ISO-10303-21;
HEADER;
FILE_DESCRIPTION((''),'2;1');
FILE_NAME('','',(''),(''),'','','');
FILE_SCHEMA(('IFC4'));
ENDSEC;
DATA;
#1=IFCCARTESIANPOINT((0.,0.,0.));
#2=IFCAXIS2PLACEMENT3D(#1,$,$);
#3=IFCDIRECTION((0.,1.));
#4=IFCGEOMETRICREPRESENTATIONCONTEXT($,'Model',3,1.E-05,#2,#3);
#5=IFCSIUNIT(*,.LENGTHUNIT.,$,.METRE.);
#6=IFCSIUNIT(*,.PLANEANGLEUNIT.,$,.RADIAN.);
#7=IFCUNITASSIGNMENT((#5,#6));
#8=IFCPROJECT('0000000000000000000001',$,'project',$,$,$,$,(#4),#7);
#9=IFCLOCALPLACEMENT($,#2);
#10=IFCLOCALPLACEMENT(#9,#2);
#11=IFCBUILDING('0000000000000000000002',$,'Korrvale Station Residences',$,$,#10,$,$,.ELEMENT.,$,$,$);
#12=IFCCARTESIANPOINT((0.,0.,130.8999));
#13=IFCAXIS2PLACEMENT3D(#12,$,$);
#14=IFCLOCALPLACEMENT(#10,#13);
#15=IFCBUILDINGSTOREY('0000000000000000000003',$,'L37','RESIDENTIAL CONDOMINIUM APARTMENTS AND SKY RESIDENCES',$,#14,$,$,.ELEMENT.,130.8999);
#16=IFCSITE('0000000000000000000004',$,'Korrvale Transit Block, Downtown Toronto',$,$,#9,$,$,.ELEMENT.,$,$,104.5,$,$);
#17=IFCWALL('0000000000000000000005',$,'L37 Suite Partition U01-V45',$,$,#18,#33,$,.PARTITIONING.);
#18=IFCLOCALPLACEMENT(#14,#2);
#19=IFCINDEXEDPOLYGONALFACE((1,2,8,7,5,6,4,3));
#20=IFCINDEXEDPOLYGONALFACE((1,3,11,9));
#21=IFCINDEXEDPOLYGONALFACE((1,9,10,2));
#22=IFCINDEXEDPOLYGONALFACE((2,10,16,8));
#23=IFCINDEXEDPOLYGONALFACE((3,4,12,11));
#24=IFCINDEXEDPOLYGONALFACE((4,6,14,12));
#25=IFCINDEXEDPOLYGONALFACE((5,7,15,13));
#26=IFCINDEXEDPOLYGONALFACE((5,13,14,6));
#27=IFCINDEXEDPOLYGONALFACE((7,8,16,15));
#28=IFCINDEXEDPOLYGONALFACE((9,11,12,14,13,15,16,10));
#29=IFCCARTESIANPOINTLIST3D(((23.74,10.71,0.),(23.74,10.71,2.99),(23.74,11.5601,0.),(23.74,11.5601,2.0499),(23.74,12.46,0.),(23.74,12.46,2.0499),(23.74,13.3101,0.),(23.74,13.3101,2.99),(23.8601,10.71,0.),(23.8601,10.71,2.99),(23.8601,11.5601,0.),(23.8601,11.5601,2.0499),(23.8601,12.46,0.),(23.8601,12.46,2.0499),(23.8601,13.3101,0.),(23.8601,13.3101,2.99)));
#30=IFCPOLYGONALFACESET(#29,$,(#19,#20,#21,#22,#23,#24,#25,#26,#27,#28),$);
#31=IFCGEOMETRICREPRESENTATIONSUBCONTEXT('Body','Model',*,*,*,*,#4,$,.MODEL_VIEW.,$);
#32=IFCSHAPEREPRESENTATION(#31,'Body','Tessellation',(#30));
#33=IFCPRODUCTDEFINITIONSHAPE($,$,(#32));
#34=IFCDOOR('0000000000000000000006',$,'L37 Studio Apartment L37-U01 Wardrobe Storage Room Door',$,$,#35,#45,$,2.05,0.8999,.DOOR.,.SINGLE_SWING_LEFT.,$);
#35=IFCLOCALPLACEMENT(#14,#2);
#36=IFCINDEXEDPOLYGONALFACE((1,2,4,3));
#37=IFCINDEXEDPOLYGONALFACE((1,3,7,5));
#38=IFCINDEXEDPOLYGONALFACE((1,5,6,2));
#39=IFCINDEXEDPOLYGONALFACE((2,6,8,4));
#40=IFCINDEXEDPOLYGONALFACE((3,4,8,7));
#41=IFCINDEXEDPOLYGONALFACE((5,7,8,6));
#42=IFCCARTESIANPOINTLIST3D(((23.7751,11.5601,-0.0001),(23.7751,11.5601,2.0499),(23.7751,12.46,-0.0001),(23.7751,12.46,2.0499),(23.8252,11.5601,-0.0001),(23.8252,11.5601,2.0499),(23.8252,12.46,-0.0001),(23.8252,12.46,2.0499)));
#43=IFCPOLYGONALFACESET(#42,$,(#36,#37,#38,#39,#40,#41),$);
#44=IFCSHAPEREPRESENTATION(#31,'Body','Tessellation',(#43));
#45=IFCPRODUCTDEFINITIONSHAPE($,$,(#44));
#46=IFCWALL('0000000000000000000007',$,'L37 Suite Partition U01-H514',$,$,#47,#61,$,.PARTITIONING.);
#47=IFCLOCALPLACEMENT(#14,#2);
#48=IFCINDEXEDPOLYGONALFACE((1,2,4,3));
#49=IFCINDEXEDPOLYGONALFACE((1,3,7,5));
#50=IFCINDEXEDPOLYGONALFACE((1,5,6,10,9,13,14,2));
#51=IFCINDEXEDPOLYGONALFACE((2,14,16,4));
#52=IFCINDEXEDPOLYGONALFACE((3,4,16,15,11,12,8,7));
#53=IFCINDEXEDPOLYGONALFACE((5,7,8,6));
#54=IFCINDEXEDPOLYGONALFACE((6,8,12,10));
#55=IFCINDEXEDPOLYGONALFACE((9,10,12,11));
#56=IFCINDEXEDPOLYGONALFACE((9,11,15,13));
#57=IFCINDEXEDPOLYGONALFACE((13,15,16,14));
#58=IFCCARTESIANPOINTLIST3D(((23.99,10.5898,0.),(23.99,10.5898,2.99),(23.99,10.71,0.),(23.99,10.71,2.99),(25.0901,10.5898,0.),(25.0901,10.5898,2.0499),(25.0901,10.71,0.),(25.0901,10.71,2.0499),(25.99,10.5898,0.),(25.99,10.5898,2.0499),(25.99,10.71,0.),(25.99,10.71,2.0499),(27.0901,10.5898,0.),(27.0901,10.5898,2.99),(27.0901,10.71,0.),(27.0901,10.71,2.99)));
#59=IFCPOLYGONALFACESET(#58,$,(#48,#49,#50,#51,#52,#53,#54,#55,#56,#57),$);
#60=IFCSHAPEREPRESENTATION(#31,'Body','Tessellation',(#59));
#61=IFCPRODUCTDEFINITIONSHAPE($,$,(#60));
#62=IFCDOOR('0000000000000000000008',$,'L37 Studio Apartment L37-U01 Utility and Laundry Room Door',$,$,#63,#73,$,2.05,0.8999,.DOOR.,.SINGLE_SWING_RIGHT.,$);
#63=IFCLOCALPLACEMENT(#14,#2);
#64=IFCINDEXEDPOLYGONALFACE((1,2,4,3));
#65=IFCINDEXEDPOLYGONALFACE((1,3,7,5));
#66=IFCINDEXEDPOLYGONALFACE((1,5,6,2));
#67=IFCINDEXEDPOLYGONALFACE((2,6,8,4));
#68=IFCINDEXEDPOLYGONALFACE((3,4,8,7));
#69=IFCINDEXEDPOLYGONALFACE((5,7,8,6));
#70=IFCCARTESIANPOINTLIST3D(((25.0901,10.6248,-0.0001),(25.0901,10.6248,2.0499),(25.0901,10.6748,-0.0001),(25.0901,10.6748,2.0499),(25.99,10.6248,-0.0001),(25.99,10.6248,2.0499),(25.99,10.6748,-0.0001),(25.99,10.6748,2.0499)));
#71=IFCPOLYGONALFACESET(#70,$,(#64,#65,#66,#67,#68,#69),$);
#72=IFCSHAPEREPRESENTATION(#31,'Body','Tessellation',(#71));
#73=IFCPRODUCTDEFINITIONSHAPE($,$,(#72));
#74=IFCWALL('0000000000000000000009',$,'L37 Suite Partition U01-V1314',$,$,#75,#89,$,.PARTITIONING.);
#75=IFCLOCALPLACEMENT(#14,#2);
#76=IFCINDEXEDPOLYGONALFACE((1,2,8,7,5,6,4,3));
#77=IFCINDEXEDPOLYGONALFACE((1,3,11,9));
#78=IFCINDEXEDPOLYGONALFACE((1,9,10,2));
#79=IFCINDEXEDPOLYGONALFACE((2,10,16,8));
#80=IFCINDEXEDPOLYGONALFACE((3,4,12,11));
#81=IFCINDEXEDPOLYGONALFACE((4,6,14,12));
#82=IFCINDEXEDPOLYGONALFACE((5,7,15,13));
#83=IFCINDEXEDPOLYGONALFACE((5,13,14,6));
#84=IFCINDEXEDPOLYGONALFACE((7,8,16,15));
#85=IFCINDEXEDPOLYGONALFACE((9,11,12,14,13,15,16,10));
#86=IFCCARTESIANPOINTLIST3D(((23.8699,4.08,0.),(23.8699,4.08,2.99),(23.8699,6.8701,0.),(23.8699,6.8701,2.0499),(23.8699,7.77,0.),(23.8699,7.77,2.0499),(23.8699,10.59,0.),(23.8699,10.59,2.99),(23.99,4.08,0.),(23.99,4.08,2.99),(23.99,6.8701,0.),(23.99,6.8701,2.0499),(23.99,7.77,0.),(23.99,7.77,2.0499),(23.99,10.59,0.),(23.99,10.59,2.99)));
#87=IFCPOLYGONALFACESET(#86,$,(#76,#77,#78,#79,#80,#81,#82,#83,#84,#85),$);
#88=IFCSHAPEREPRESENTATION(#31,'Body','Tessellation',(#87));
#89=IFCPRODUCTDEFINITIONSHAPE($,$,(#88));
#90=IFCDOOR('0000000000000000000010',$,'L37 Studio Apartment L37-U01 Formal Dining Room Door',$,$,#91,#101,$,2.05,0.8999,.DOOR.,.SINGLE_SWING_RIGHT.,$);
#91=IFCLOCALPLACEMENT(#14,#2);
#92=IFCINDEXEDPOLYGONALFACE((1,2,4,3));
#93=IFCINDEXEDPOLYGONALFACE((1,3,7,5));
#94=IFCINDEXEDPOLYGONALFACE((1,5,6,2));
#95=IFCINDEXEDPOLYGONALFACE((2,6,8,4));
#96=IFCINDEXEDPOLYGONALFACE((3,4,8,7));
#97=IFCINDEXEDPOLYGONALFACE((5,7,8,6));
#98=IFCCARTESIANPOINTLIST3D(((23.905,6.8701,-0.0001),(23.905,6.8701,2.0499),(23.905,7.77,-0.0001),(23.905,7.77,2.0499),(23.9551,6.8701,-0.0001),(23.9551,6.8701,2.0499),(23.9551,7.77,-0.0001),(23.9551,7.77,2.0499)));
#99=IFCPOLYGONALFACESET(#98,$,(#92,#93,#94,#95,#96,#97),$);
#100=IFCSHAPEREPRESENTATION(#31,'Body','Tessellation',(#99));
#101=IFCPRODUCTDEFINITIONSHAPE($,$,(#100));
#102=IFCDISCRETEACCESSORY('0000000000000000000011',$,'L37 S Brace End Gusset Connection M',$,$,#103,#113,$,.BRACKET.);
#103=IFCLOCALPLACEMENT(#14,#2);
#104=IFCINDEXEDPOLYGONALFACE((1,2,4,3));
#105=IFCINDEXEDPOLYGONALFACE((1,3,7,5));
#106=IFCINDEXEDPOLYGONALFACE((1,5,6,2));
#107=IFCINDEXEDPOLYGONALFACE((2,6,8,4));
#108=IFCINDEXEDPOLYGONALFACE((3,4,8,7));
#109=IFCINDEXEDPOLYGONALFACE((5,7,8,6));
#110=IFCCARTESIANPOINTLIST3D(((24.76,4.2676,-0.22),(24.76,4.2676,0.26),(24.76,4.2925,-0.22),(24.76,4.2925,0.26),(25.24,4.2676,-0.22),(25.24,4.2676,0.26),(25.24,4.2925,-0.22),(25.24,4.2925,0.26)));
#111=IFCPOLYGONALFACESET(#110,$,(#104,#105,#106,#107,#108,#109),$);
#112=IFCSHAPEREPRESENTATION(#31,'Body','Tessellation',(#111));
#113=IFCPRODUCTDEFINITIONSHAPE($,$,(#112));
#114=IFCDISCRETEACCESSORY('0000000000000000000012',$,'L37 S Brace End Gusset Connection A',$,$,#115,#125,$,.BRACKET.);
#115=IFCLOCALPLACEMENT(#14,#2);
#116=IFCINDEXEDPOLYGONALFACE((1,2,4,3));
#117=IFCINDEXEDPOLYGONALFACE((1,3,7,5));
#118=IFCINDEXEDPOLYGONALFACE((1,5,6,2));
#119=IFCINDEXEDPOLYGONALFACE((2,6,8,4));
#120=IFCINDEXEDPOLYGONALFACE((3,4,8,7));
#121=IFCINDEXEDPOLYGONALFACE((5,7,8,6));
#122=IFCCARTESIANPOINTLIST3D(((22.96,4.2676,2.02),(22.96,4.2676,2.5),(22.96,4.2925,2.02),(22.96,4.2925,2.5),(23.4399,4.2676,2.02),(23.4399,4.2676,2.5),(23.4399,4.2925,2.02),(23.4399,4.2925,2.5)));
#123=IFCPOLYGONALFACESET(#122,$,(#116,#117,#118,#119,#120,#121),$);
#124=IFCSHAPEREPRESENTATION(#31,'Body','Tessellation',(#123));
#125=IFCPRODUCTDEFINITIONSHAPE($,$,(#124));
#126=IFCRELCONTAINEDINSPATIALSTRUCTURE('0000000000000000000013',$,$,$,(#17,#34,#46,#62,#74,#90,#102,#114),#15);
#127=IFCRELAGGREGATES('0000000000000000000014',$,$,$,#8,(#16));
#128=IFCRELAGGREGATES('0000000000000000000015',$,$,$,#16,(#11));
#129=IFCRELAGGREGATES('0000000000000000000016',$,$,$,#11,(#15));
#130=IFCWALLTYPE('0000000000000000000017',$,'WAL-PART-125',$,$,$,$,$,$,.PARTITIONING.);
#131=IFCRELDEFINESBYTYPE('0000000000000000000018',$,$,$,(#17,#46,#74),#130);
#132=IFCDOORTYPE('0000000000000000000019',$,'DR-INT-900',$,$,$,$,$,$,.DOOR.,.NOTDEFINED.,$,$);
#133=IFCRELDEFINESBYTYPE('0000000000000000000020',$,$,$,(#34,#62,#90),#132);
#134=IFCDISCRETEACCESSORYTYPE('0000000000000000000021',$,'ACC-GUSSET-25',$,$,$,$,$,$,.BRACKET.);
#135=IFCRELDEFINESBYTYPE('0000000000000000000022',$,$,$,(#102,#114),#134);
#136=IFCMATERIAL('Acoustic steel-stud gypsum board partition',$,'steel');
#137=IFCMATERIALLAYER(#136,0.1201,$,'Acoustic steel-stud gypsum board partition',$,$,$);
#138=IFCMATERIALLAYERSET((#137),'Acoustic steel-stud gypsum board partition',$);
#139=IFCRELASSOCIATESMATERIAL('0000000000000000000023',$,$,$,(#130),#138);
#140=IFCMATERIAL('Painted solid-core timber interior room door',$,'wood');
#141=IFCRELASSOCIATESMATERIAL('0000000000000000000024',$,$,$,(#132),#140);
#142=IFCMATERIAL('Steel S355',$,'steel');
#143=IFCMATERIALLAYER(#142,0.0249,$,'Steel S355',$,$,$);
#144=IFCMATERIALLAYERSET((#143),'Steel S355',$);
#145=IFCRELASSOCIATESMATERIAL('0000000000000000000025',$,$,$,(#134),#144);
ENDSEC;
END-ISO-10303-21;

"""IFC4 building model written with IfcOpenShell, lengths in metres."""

from ifc_helpers import new_model, si_unit, direction, frame, frame_2d, origin, origin_2d, place, context, subcontext, project, spatial, rectangle, extrude, material, layer, layer_set, type_object, element, fill, save


model = new_model("IFC4")

# Units and contexts
model_context = context("Model", 3, precision=1e-05, world=origin(), true_north=direction((0.0, 1.0)))
body_context = subcontext(model_context, "Body", "Model", "MODEL_VIEW")
ifc_project = project(units=[si_unit("LENGTHUNIT", "METRE"), si_unit("PLANEANGLEUNIT", "RADIAN")], contexts=[model_context])

# Site, building, storey
site_placement = place(None, origin())
site = spatial("IfcSite", under=ifc_project, at=site_placement, Name="Korrvale Transit Block, Downtown Toronto", CompositionType="ELEMENT", RefElevation=104.5)
building_placement = place(site_placement, origin())
building = spatial("IfcBuilding", under=site, at=building_placement, Name="Korrvale Station Residences", CompositionType="ELEMENT")
storey_placement = place(building_placement, frame((0.0, 0.0, 130.8999)))
storey = spatial("IfcBuildingStorey", under=building, at=storey_placement, Name="L37", Description="RESIDENTIAL CONDOMINIUM APARTMENTS AND SKY RESIDENCES", CompositionType="ELEMENT", Elevation=130.8999)

# Shared definitions
ifc_material_1 = material(Name="Steel S355", Category="steel")

# Walls, openings, doors
ifc_material_2 = material(Name="Acoustic steel-stud gypsum board partition", Category="steel")
ifc_layer_1 = layer(ifc_material_2, 0.1201, Name="Acoustic steel-stud gypsum board partition")
ifc_layer_set_1 = layer_set([ifc_layer_1], Name="Acoustic steel-stud gypsum board partition")
wall_type = type_object("IfcWallType", Name="WAL-PART-125", PredefinedType="PARTITIONING", material=ifc_layer_set_1)
wall_1_placement = place(storey_placement, frame((23.8, 10.71, 0.0), z_axis=(0.0, 0.0, 1.0), x_axis=(0.0, 1.0, 0.0)))
wall_1 = element("IfcWall", 1, at=wall_1_placement, inside=storey, type_object=wall_type, Name="L37 Suite Partition U01-V45", PredefinedType="PARTITIONING", context=body_context, shape_type="SweptSolid", body=[
    extrude(rectangle(XDim=2.6001, YDim=0.1201, at=frame_2d((1.3, 0.0))), origin(), (0.0, 0.0, 1.0), 2.99),
])
opening_1_placement = place(wall_1_placement, frame((0.8501, 0.0, 0.0)))
opening_1 = element("IfcOpeningElement", 2, at=opening_1_placement, cuts=wall_1, PredefinedType="OPENING", context=body_context, shape_type="SweptSolid", body=[
    extrude(rectangle(XDim=0.8999, YDim=2.05, at=frame_2d((0.45, 1.0249))), frame((0.0, 0.0701, 0.0), z_axis=(0.0, -1.0, 0.0), x_axis=(1.0, 0.0, 0.0)), (0.0, 0.0, 1.0), 0.1401),
])
ifc_material_3 = material(Name="Painted solid-core timber interior room door", Category="wood")
door_type = type_object("IfcDoorType", Name="DR-INT-900", OperationType="NOTDEFINED", PredefinedType="DOOR", material=ifc_material_3)
door_1_placement = place(opening_1_placement, origin())
door_1 = element("IfcDoor", 3, at=door_1_placement, inside=storey, type_object=door_type, Name="L37 Studio Apartment L37-U01 Wardrobe Storage Room Door", OperationType="SINGLE_SWING_LEFT", OverallHeight=2.05, OverallWidth=0.8999, PredefinedType="DOOR", context=body_context, shape_type="SweptSolid", body=[
    extrude(rectangle(XDim=0.8999, YDim=2.05, at=frame_2d((0.45, 1.0249))), frame((0.0, 0.0249, 0.0), z_axis=(0.0, -1.0, 0.0), x_axis=(1.0, 0.0, 0.0)), (0.0, 0.0, 1.0), 0.05),
])
fill(opening_1, door_1)
wall_2_placement = place(storey_placement, frame((23.99, 10.6499, 0.0), z_axis=(0.0, 0.0, 1.0), x_axis=(1.0, 0.0, 0.0)))
wall_2 = element("IfcWall", 4, at=wall_2_placement, inside=storey, type_object=wall_type, Name="L37 Suite Partition U01-H514", PredefinedType="PARTITIONING", context=body_context, shape_type="SweptSolid", body=[
    extrude(rectangle(XDim=3.1001, YDim=0.1201, at=frame_2d((1.55, 0.0))), origin(), (0.0, 0.0, 1.0), 2.99),
])
opening_2_placement = place(wall_2_placement, frame((1.1001, 0.0, 0.0)))
opening_2 = element("IfcOpeningElement", 5, at=opening_2_placement, cuts=wall_2, PredefinedType="OPENING", context=body_context, shape_type="SweptSolid", body=[
    extrude(rectangle(XDim=0.8999, YDim=2.05, at=frame_2d((0.45, 1.0249))), frame((0.0, 0.0701, 0.0), z_axis=(0.0, -1.0, 0.0), x_axis=(1.0, 0.0, 0.0)), (0.0, 0.0, 1.0), 0.1401),
])
door_2_placement = place(opening_2_placement, origin())
door_2 = element("IfcDoor", 6, at=door_2_placement, inside=storey, type_object=door_type, Name="L37 Studio Apartment L37-U01 Utility and Laundry Room Door", OperationType="SINGLE_SWING_RIGHT", OverallHeight=2.05, OverallWidth=0.8999, PredefinedType="DOOR", context=body_context, shape_type="SweptSolid", body=[
    extrude(rectangle(XDim=0.8999, YDim=2.05, at=frame_2d((0.45, 1.0249))), frame((0.0, 0.0249, 0.0), z_axis=(0.0, -1.0, 0.0), x_axis=(1.0, 0.0, 0.0)), (0.0, 0.0, 1.0), 0.05),
])
fill(opening_2, door_2)
wall_3_placement = place(storey_placement, frame((23.9299, 4.0801, 0.0), z_axis=(0.0, 0.0, 1.0), x_axis=(0.0, 1.0, 0.0)))
wall_3 = element("IfcWall", 7, at=wall_3_placement, inside=storey, type_object=wall_type, Name="L37 Suite Partition U01-V1314", PredefinedType="PARTITIONING", context=body_context, shape_type="SweptSolid", body=[
    extrude(rectangle(XDim=6.51, YDim=0.1201, at=frame_2d((3.2549, 0.0))), origin(), (0.0, 0.0, 1.0), 2.99),
])
opening_3_placement = place(wall_3_placement, frame((2.79, 0.0, 0.0)))
opening_3 = element("IfcOpeningElement", 8, at=opening_3_placement, cuts=wall_3, PredefinedType="OPENING", context=body_context, shape_type="SweptSolid", body=[
    extrude(rectangle(XDim=0.8999, YDim=2.05, at=frame_2d((0.45, 1.0249))), frame((0.0, 0.0701, 0.0), z_axis=(0.0, -1.0, 0.0), x_axis=(1.0, 0.0, 0.0)), (0.0, 0.0, 1.0), 0.1401),
])
door_3_placement = place(opening_3_placement, origin())
door_3 = element("IfcDoor", 9, at=door_3_placement, inside=storey, type_object=door_type, Name="L37 Studio Apartment L37-U01 Formal Dining Room Door", OperationType="SINGLE_SWING_RIGHT", OverallHeight=2.05, OverallWidth=0.8999, PredefinedType="DOOR", context=body_context, shape_type="SweptSolid", body=[
    extrude(rectangle(XDim=0.8999, YDim=2.05, at=frame_2d((0.45, 1.0249))), frame((0.0, 0.0249, 0.0), z_axis=(0.0, -1.0, 0.0), x_axis=(1.0, 0.0, 0.0)), (0.0, 0.0, 1.0), 0.05),
])
fill(opening_3, door_3)

# Discrete accessories
ifc_layer_2 = layer(ifc_material_1, 0.0249, Name="Steel S355")
ifc_layer_set_2 = layer_set([ifc_layer_2], Name="Steel S355")
discrete_accessory_type = type_object("IfcDiscreteAccessoryType", Name="ACC-GUSSET-25", PredefinedType="BRACKET", material=ifc_layer_set_2)
for number, where, z_axis, x_axis, name in (
    (10, (25.0, 4.28, -0.22), (0.0, 0.0, 1.0), (1.0, 0.0, 0.0), "L37 S Brace End Gusset Connection M"),
    (11, (23.2, 4.28, 2.02), (0.0, 0.0, 1.0), (1.0, 0.0, 0.0), "L37 S Brace End Gusset Connection A"),
):
    element("IfcDiscreteAccessory", number, at=place(storey_placement, frame(where, z_axis=z_axis, x_axis=x_axis)), inside=storey, type_object=discrete_accessory_type, Name=name, PredefinedType="BRACKET", context=body_context, shape_type="SweptSolid", body=[
        extrude(rectangle(XDim=0.48, YDim=0.0249, at=origin_2d()), origin(), (0.0, 0.0, 1.0), 0.48),
    ])

save(model, "model.ifc")
